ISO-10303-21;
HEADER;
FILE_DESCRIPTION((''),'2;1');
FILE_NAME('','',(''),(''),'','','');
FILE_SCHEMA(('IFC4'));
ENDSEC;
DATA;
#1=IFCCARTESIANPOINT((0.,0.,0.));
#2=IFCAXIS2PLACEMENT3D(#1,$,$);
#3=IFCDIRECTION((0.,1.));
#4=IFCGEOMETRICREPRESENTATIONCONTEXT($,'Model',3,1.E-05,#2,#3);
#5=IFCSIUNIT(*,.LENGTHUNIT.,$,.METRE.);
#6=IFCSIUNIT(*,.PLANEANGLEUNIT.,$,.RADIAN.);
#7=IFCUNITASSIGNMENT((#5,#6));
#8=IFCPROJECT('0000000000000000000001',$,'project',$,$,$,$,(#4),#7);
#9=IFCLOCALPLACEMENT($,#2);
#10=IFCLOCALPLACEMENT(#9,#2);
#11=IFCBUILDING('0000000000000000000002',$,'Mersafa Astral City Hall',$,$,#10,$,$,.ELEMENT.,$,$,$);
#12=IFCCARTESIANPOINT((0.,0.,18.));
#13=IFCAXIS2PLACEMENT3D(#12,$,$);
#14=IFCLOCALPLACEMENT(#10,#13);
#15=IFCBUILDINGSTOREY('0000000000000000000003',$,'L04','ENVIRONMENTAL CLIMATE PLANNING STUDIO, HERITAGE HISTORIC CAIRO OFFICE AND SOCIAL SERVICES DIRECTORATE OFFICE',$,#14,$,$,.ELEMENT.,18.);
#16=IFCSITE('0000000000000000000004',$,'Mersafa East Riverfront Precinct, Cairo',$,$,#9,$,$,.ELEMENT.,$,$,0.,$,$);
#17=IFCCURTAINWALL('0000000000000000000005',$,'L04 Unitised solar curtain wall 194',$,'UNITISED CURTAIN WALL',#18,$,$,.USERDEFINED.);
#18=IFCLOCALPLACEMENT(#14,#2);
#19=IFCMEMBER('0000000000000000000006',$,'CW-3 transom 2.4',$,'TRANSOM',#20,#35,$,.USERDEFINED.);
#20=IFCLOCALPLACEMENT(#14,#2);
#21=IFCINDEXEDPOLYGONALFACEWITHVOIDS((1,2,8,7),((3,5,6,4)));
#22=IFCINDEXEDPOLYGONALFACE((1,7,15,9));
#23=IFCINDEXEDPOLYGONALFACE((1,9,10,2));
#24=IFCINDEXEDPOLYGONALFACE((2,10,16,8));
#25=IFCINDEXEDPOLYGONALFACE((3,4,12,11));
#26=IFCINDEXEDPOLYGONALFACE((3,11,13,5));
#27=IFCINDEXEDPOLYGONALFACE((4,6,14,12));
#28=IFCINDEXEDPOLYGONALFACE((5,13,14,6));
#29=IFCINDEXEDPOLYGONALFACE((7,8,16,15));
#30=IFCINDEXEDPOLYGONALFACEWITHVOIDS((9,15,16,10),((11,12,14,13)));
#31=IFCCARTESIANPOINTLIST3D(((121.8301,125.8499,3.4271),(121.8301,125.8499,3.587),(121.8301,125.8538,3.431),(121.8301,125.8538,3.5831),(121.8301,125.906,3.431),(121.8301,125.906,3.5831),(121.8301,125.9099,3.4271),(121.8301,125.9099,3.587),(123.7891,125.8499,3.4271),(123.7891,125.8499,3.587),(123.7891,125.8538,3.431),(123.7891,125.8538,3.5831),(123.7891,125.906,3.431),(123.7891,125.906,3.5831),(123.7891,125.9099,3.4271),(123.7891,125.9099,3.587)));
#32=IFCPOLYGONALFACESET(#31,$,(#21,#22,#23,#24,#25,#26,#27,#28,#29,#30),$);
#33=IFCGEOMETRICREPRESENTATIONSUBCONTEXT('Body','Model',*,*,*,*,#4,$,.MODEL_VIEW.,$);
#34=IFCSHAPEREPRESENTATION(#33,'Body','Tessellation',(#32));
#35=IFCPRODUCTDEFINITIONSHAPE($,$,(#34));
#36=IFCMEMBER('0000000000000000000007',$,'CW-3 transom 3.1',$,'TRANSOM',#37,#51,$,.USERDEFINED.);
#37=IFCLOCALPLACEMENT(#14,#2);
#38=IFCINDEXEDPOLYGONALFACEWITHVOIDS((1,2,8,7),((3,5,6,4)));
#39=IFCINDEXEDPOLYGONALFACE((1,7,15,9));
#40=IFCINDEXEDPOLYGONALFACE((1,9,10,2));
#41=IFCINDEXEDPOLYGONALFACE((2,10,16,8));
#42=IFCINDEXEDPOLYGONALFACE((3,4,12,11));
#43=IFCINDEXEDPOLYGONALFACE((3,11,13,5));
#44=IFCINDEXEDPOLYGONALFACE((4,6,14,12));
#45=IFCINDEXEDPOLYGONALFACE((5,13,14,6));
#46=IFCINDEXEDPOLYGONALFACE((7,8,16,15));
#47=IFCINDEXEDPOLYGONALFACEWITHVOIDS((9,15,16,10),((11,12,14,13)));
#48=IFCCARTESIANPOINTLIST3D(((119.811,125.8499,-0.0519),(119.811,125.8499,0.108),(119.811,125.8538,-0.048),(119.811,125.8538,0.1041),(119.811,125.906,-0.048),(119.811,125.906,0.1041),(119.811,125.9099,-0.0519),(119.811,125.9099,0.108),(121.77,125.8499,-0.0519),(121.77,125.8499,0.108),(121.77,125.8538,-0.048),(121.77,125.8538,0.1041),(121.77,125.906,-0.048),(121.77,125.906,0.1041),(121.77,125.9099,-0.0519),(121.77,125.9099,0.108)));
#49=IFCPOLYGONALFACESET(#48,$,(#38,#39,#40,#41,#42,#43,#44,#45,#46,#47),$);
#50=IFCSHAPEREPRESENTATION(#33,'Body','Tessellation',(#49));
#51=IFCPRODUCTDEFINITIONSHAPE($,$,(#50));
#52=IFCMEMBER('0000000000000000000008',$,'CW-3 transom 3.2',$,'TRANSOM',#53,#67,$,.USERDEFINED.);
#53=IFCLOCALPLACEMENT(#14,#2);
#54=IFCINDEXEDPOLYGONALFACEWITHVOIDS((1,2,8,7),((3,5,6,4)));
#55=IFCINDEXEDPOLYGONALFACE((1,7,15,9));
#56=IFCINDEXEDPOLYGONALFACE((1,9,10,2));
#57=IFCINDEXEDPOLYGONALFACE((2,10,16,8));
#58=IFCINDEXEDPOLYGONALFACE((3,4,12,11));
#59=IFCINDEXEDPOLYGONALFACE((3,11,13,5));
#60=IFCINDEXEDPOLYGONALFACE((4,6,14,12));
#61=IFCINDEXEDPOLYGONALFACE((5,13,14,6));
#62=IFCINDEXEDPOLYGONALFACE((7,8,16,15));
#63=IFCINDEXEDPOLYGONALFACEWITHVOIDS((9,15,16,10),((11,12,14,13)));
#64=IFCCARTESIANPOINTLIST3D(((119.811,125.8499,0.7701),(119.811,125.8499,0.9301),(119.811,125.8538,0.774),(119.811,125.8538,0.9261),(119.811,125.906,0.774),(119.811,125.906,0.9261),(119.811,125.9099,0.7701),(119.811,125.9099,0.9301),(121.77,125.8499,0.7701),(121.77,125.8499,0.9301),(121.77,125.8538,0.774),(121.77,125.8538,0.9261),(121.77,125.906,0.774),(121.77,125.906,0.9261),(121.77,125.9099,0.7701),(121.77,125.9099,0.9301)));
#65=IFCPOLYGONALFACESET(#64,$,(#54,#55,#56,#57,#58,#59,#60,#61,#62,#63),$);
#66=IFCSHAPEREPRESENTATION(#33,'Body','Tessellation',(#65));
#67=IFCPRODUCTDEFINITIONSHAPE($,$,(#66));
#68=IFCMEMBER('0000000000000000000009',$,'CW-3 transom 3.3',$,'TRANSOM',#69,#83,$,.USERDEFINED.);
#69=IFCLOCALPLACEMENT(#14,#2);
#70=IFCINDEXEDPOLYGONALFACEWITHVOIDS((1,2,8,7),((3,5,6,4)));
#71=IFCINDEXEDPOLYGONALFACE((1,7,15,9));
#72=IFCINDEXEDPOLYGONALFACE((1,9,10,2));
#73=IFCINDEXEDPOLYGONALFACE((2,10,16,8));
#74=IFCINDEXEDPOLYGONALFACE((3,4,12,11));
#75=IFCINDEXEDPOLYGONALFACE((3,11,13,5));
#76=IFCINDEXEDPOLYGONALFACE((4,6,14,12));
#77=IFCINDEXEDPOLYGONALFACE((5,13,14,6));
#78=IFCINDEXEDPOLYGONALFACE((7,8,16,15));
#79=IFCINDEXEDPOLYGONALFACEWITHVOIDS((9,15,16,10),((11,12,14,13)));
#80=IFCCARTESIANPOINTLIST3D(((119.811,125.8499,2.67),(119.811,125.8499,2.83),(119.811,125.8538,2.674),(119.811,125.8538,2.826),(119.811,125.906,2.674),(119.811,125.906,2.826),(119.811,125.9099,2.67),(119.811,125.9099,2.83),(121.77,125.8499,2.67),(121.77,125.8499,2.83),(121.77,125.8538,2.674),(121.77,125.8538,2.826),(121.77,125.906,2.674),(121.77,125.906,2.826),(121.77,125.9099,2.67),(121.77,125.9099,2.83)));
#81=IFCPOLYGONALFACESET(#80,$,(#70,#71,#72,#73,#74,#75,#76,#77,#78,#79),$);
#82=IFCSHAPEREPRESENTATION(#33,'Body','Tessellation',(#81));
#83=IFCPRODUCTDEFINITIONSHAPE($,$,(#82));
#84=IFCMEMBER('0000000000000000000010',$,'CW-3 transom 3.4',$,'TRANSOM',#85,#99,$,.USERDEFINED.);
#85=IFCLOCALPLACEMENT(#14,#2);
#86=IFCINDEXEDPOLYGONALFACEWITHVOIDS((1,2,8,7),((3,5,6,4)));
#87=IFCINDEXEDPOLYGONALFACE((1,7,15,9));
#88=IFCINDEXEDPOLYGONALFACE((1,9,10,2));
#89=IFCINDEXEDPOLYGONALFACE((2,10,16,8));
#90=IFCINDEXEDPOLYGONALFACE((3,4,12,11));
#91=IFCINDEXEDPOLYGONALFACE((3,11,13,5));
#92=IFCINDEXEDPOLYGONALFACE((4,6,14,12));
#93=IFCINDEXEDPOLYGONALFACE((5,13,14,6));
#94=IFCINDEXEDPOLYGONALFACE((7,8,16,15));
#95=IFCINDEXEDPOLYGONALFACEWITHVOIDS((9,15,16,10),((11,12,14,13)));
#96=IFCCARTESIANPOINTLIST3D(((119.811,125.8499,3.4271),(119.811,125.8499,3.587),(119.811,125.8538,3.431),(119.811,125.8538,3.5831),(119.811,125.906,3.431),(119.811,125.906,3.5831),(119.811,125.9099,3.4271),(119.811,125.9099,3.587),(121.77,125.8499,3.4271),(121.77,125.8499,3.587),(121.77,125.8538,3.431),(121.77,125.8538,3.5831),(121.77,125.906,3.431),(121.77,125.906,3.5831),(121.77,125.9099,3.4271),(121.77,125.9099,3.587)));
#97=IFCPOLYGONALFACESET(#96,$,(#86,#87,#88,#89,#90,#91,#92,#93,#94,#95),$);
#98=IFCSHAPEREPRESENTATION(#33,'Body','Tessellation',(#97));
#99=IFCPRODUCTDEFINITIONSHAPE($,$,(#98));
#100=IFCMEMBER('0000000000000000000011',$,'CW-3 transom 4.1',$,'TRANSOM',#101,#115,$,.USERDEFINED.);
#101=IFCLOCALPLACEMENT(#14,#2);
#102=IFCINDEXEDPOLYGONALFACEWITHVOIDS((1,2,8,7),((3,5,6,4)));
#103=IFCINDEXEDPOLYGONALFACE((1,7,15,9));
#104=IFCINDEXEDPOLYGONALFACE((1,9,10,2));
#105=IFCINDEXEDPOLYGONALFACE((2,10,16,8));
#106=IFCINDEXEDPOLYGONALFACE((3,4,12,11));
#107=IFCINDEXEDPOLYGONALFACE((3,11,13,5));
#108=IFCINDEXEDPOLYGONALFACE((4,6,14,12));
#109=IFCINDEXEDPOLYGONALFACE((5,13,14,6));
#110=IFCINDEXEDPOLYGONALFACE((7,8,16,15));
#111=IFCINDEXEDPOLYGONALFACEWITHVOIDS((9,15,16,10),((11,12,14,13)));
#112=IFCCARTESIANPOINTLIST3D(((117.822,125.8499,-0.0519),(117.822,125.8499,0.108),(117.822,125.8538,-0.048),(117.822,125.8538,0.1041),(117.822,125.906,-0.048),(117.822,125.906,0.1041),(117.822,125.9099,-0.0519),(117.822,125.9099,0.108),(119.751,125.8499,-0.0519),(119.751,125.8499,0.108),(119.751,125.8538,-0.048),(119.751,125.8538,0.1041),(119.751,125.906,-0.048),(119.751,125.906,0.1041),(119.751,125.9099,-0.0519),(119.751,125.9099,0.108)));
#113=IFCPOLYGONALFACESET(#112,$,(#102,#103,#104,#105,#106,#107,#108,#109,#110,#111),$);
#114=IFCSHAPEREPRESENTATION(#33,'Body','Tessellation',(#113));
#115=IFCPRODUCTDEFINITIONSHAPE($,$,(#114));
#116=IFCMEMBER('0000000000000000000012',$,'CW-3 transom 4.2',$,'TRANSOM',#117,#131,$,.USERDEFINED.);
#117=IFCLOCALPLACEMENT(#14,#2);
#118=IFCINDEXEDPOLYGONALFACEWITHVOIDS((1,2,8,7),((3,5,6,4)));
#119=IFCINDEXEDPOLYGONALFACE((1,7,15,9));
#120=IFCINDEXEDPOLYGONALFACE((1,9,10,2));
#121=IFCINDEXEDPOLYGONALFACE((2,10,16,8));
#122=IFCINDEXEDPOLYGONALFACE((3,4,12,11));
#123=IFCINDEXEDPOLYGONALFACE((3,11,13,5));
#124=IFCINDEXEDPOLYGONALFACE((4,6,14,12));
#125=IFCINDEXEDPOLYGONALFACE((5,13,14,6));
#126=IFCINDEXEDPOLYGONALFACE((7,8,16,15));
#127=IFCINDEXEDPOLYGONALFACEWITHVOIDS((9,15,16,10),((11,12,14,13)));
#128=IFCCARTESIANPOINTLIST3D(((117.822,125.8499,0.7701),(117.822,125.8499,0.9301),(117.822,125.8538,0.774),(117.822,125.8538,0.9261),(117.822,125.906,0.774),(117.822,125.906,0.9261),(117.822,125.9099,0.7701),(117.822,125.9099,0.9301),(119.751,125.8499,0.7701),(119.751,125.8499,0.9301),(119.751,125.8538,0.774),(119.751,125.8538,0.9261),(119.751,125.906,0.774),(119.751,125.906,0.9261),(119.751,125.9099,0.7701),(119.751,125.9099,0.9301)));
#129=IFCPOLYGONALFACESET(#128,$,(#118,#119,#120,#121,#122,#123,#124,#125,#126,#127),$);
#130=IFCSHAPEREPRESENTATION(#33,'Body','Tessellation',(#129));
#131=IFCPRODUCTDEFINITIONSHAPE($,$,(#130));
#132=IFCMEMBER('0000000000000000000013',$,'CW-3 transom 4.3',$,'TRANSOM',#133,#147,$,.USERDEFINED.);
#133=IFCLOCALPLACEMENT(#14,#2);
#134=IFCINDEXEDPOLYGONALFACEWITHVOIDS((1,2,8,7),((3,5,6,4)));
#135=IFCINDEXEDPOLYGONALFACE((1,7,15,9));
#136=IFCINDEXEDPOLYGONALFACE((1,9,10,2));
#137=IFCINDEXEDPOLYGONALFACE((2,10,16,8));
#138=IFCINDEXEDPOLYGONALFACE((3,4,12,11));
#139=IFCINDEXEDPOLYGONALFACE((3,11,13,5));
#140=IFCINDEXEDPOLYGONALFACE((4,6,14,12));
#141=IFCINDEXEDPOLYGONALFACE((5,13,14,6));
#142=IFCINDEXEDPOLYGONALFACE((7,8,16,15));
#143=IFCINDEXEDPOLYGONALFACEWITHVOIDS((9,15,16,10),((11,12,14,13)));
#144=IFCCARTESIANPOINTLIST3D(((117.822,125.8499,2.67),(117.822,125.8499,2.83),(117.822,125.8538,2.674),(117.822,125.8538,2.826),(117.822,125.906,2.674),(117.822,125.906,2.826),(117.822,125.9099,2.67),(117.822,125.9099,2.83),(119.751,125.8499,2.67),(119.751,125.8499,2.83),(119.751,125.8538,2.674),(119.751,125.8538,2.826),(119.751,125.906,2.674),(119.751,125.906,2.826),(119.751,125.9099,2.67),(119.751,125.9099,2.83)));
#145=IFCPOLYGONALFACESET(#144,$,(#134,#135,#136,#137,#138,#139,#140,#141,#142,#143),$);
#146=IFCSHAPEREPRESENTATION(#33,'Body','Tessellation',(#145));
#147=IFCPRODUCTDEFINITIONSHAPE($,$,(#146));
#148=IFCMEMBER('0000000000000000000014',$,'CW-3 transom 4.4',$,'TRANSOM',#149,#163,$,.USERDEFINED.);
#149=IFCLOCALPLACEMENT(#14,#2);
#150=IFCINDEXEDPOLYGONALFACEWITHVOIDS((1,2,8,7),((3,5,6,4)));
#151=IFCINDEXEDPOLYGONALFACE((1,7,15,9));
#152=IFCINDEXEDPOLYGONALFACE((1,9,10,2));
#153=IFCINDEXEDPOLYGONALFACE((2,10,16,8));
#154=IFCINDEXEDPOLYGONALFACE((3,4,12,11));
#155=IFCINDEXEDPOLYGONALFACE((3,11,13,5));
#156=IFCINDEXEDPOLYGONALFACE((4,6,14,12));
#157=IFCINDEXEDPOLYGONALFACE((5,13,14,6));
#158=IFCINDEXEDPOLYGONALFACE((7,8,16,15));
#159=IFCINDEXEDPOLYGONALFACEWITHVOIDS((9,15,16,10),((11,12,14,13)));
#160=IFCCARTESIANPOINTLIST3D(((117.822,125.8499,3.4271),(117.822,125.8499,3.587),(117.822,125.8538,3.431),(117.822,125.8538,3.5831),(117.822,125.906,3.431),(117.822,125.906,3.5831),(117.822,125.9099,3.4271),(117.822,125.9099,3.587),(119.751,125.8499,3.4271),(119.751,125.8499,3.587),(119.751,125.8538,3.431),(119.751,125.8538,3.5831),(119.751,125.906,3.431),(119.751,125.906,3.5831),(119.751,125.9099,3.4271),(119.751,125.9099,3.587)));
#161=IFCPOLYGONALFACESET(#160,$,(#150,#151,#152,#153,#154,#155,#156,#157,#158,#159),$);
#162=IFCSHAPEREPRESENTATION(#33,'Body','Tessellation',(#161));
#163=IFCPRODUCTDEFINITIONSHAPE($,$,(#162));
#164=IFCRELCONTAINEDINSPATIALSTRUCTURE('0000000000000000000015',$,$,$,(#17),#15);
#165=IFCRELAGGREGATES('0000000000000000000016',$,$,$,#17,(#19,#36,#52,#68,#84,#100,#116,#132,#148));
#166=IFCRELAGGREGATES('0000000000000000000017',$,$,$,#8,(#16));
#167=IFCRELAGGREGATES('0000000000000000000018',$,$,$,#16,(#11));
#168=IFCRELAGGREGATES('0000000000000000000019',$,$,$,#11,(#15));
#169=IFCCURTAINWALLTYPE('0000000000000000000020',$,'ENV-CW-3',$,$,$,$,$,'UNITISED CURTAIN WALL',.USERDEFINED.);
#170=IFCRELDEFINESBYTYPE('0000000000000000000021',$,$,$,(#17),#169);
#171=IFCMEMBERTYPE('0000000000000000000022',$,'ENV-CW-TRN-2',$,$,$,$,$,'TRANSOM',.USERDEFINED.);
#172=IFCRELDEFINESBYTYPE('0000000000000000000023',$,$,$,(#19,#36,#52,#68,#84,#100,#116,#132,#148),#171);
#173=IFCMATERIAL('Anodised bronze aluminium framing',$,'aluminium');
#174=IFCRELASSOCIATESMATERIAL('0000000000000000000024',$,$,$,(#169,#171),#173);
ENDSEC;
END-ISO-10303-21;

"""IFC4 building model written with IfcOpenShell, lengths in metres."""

from ifc_helpers import new_model, si_unit, direction, frame, origin, origin_2d, place, context, subcontext, project, spatial, hollow_rectangle, extrude, material, material_profile, profile_set, type_object, element, aggregate, save


model = new_model("IFC4")

# Units and contexts
model_context = context("Model", 3, precision=1e-05, world=origin(), true_north=direction((0.0, 1.0)))
body_context = subcontext(model_context, "Body", "Model", "MODEL_VIEW")
ifc_project = project(units=[si_unit("LENGTHUNIT", "METRE"), si_unit("PLANEANGLEUNIT", "RADIAN")], contexts=[model_context])

# Site, building, storey
site_placement = place(None, origin())
site = spatial("IfcSite", under=ifc_project, at=site_placement, Name="Mersafa East Riverfront Precinct, Cairo", CompositionType="ELEMENT", RefElevation=0.0)
building_placement = place(site_placement, origin())
building = spatial("IfcBuilding", under=site, at=building_placement, Name="Mersafa Astral City Hall", CompositionType="ELEMENT")
storey_placement = place(building_placement, frame((0.0, 0.0, 18.0)))
storey = spatial("IfcBuildingStorey", under=building, at=storey_placement, Name="L04", Description="ENVIRONMENTAL CLIMATE PLANNING STUDIO, HERITAGE HISTORIC CAIRO OFFICE AND SOCIAL SERVICES DIRECTORATE OFFICE", CompositionType="ELEMENT", Elevation=18.0)

# Curtain wall, members
ifc_material_1 = material(Name="Anodised bronze aluminium framing", Category="aluminium")
curtain_wall_type = type_object("IfcCurtainWallType", Name="ENV-CW-3", ElementType="UNITISED CURTAIN WALL", PredefinedType="USERDEFINED", material=ifc_material_1)
curtain_wall_placement = place(storey_placement, origin())
curtain_wall = element("IfcCurtainWall", 1, at=curtain_wall_placement, inside=storey, type_object=curtain_wall_type, Name="L04 Unitised solar curtain wall 194", ObjectType="UNITISED CURTAIN WALL", PredefinedType="USERDEFINED")
ifc_material_profile_1 = material_profile(ifc_material_1, hollow_rectangle(XDim=0.0601, YDim=0.1599, WallThickness=0.0039, at=origin_2d()), Name="RHS 60x160x4")
ifc_profile_set_1 = profile_set([ifc_material_profile_1], Name="Anodised bronze aluminium framing")
member_type_1 = type_object("IfcMemberType", Name="ENV-CW-TRN-2", ElementType="TRANSOM", PredefinedType="USERDEFINED", material=ifc_profile_set_1)
member_1_placement = place(storey_placement, frame((123.7891, 125.8799, 3.5071), z_axis=(-1.0, 0.0, 0.0), x_axis=(0.0, -1.0, 0.0)))
member_1 = element("IfcMember", 2, at=member_1_placement, type_object=member_type_1, Name="CW-3 transom 2.4", ObjectType="TRANSOM", PredefinedType="USERDEFINED", context=body_context, shape_type="SweptSolid", body=[
    extrude(hollow_rectangle(XDim=0.0601, YDim=0.1599, WallThickness=0.0039, at=origin_2d()), origin(), (0.0, 0.0, 1.0), 1.959),
])
member_2_placement = place(storey_placement, frame((121.77, 125.8799, 0.0281), z_axis=(-1.0, 0.0, 0.0), x_axis=(0.0, -1.0, 0.0)))
member_2 = element("IfcMember", 3, at=member_2_placement, type_object=member_type_1, Name="CW-3 transom 3.1", ObjectType="TRANSOM", PredefinedType="USERDEFINED", context=body_context, shape_type="SweptSolid", body=[
    extrude(hollow_rectangle(XDim=0.0601, YDim=0.1599, WallThickness=0.0039, at=origin_2d()), origin(), (0.0, 0.0, 1.0), 1.959),
])
member_3_placement = place(storey_placement, frame((121.77, 125.8799, 0.8501), z_axis=(-1.0, 0.0, 0.0), x_axis=(0.0, -1.0, 0.0)))
member_3 = element("IfcMember", 4, at=member_3_placement, type_object=member_type_1, Name="CW-3 transom 3.2", ObjectType="TRANSOM", PredefinedType="USERDEFINED", context=body_context, shape_type="SweptSolid", body=[
    extrude(hollow_rectangle(XDim=0.0601, YDim=0.1599, WallThickness=0.0039, at=origin_2d()), origin(), (0.0, 0.0, 1.0), 1.959),
])
member_4_placement = place(storey_placement, frame((121.77, 125.8799, 2.75), z_axis=(-1.0, 0.0, 0.0), x_axis=(0.0, -1.0, 0.0)))
member_4 = element("IfcMember", 5, at=member_4_placement, type_object=member_type_1, Name="CW-3 transom 3.3", ObjectType="TRANSOM", PredefinedType="USERDEFINED", context=body_context, shape_type="SweptSolid", body=[
    extrude(hollow_rectangle(XDim=0.0601, YDim=0.1599, WallThickness=0.0039, at=origin_2d()), origin(), (0.0, 0.0, 1.0), 1.959),
])
member_5_placement = place(storey_placement, frame((121.77, 125.8799, 3.5071), z_axis=(-1.0, 0.0, 0.0), x_axis=(0.0, -1.0, 0.0)))
member_5 = element("IfcMember", 6, at=member_5_placement, type_object=member_type_1, Name="CW-3 transom 3.4", ObjectType="TRANSOM", PredefinedType="USERDEFINED", context=body_context, shape_type="SweptSolid", body=[
    extrude(hollow_rectangle(XDim=0.0601, YDim=0.1599, WallThickness=0.0039, at=origin_2d()), origin(), (0.0, 0.0, 1.0), 1.959),
])
member_6_placement = place(storey_placement, frame((119.751, 125.8799, 0.0281), z_axis=(-1.0, 0.0, 0.0), x_axis=(0.0, -1.0, 0.0)))
member_6 = element("IfcMember", 7, at=member_6_placement, type_object=member_type_1, Name="CW-3 transom 4.1", ObjectType="TRANSOM", PredefinedType="USERDEFINED", context=body_context, shape_type="SweptSolid", body=[
    extrude(hollow_rectangle(XDim=0.0601, YDim=0.1599, WallThickness=0.0039, at=origin_2d()), origin(), (0.0, 0.0, 1.0), 1.929),
])
member_7_placement = place(storey_placement, frame((119.751, 125.8799, 0.8501), z_axis=(-1.0, 0.0, 0.0), x_axis=(0.0, -1.0, 0.0)))
member_7 = element("IfcMember", 8, at=member_7_placement, type_object=member_type_1, Name="CW-3 transom 4.2", ObjectType="TRANSOM", PredefinedType="USERDEFINED", context=body_context, shape_type="SweptSolid", body=[
    extrude(hollow_rectangle(XDim=0.0601, YDim=0.1599, WallThickness=0.0039, at=origin_2d()), origin(), (0.0, 0.0, 1.0), 1.929),
])
member_8_placement = place(storey_placement, frame((119.751, 125.8799, 2.75), z_axis=(-1.0, 0.0, 0.0), x_axis=(0.0, -1.0, 0.0)))
member_8 = element("IfcMember", 9, at=member_8_placement, type_object=member_type_1, Name="CW-3 transom 4.3", ObjectType="TRANSOM", PredefinedType="USERDEFINED", context=body_context, shape_type="SweptSolid", body=[
    extrude(hollow_rectangle(XDim=0.0601, YDim=0.1599, WallThickness=0.0039, at=origin_2d()), origin(), (0.0, 0.0, 1.0), 1.929),
])
member_9_placement = place(storey_placement, frame((119.751, 125.8799, 3.5071), z_axis=(-1.0, 0.0, 0.0), x_axis=(0.0, -1.0, 0.0)))
member_9 = element("IfcMember", 10, at=member_9_placement, type_object=member_type_1, Name="CW-3 transom 4.4", ObjectType="TRANSOM", PredefinedType="USERDEFINED", context=body_context, shape_type="SweptSolid", body=[
    extrude(hollow_rectangle(XDim=0.0601, YDim=0.1599, WallThickness=0.0039, at=origin_2d()), origin(), (0.0, 0.0, 1.0), 1.929),
])

aggregate(curtain_wall, [member_1, member_2, member_3, member_4, member_5, member_6, member_7, member_8, member_9])

save(model, "model.ifc")
